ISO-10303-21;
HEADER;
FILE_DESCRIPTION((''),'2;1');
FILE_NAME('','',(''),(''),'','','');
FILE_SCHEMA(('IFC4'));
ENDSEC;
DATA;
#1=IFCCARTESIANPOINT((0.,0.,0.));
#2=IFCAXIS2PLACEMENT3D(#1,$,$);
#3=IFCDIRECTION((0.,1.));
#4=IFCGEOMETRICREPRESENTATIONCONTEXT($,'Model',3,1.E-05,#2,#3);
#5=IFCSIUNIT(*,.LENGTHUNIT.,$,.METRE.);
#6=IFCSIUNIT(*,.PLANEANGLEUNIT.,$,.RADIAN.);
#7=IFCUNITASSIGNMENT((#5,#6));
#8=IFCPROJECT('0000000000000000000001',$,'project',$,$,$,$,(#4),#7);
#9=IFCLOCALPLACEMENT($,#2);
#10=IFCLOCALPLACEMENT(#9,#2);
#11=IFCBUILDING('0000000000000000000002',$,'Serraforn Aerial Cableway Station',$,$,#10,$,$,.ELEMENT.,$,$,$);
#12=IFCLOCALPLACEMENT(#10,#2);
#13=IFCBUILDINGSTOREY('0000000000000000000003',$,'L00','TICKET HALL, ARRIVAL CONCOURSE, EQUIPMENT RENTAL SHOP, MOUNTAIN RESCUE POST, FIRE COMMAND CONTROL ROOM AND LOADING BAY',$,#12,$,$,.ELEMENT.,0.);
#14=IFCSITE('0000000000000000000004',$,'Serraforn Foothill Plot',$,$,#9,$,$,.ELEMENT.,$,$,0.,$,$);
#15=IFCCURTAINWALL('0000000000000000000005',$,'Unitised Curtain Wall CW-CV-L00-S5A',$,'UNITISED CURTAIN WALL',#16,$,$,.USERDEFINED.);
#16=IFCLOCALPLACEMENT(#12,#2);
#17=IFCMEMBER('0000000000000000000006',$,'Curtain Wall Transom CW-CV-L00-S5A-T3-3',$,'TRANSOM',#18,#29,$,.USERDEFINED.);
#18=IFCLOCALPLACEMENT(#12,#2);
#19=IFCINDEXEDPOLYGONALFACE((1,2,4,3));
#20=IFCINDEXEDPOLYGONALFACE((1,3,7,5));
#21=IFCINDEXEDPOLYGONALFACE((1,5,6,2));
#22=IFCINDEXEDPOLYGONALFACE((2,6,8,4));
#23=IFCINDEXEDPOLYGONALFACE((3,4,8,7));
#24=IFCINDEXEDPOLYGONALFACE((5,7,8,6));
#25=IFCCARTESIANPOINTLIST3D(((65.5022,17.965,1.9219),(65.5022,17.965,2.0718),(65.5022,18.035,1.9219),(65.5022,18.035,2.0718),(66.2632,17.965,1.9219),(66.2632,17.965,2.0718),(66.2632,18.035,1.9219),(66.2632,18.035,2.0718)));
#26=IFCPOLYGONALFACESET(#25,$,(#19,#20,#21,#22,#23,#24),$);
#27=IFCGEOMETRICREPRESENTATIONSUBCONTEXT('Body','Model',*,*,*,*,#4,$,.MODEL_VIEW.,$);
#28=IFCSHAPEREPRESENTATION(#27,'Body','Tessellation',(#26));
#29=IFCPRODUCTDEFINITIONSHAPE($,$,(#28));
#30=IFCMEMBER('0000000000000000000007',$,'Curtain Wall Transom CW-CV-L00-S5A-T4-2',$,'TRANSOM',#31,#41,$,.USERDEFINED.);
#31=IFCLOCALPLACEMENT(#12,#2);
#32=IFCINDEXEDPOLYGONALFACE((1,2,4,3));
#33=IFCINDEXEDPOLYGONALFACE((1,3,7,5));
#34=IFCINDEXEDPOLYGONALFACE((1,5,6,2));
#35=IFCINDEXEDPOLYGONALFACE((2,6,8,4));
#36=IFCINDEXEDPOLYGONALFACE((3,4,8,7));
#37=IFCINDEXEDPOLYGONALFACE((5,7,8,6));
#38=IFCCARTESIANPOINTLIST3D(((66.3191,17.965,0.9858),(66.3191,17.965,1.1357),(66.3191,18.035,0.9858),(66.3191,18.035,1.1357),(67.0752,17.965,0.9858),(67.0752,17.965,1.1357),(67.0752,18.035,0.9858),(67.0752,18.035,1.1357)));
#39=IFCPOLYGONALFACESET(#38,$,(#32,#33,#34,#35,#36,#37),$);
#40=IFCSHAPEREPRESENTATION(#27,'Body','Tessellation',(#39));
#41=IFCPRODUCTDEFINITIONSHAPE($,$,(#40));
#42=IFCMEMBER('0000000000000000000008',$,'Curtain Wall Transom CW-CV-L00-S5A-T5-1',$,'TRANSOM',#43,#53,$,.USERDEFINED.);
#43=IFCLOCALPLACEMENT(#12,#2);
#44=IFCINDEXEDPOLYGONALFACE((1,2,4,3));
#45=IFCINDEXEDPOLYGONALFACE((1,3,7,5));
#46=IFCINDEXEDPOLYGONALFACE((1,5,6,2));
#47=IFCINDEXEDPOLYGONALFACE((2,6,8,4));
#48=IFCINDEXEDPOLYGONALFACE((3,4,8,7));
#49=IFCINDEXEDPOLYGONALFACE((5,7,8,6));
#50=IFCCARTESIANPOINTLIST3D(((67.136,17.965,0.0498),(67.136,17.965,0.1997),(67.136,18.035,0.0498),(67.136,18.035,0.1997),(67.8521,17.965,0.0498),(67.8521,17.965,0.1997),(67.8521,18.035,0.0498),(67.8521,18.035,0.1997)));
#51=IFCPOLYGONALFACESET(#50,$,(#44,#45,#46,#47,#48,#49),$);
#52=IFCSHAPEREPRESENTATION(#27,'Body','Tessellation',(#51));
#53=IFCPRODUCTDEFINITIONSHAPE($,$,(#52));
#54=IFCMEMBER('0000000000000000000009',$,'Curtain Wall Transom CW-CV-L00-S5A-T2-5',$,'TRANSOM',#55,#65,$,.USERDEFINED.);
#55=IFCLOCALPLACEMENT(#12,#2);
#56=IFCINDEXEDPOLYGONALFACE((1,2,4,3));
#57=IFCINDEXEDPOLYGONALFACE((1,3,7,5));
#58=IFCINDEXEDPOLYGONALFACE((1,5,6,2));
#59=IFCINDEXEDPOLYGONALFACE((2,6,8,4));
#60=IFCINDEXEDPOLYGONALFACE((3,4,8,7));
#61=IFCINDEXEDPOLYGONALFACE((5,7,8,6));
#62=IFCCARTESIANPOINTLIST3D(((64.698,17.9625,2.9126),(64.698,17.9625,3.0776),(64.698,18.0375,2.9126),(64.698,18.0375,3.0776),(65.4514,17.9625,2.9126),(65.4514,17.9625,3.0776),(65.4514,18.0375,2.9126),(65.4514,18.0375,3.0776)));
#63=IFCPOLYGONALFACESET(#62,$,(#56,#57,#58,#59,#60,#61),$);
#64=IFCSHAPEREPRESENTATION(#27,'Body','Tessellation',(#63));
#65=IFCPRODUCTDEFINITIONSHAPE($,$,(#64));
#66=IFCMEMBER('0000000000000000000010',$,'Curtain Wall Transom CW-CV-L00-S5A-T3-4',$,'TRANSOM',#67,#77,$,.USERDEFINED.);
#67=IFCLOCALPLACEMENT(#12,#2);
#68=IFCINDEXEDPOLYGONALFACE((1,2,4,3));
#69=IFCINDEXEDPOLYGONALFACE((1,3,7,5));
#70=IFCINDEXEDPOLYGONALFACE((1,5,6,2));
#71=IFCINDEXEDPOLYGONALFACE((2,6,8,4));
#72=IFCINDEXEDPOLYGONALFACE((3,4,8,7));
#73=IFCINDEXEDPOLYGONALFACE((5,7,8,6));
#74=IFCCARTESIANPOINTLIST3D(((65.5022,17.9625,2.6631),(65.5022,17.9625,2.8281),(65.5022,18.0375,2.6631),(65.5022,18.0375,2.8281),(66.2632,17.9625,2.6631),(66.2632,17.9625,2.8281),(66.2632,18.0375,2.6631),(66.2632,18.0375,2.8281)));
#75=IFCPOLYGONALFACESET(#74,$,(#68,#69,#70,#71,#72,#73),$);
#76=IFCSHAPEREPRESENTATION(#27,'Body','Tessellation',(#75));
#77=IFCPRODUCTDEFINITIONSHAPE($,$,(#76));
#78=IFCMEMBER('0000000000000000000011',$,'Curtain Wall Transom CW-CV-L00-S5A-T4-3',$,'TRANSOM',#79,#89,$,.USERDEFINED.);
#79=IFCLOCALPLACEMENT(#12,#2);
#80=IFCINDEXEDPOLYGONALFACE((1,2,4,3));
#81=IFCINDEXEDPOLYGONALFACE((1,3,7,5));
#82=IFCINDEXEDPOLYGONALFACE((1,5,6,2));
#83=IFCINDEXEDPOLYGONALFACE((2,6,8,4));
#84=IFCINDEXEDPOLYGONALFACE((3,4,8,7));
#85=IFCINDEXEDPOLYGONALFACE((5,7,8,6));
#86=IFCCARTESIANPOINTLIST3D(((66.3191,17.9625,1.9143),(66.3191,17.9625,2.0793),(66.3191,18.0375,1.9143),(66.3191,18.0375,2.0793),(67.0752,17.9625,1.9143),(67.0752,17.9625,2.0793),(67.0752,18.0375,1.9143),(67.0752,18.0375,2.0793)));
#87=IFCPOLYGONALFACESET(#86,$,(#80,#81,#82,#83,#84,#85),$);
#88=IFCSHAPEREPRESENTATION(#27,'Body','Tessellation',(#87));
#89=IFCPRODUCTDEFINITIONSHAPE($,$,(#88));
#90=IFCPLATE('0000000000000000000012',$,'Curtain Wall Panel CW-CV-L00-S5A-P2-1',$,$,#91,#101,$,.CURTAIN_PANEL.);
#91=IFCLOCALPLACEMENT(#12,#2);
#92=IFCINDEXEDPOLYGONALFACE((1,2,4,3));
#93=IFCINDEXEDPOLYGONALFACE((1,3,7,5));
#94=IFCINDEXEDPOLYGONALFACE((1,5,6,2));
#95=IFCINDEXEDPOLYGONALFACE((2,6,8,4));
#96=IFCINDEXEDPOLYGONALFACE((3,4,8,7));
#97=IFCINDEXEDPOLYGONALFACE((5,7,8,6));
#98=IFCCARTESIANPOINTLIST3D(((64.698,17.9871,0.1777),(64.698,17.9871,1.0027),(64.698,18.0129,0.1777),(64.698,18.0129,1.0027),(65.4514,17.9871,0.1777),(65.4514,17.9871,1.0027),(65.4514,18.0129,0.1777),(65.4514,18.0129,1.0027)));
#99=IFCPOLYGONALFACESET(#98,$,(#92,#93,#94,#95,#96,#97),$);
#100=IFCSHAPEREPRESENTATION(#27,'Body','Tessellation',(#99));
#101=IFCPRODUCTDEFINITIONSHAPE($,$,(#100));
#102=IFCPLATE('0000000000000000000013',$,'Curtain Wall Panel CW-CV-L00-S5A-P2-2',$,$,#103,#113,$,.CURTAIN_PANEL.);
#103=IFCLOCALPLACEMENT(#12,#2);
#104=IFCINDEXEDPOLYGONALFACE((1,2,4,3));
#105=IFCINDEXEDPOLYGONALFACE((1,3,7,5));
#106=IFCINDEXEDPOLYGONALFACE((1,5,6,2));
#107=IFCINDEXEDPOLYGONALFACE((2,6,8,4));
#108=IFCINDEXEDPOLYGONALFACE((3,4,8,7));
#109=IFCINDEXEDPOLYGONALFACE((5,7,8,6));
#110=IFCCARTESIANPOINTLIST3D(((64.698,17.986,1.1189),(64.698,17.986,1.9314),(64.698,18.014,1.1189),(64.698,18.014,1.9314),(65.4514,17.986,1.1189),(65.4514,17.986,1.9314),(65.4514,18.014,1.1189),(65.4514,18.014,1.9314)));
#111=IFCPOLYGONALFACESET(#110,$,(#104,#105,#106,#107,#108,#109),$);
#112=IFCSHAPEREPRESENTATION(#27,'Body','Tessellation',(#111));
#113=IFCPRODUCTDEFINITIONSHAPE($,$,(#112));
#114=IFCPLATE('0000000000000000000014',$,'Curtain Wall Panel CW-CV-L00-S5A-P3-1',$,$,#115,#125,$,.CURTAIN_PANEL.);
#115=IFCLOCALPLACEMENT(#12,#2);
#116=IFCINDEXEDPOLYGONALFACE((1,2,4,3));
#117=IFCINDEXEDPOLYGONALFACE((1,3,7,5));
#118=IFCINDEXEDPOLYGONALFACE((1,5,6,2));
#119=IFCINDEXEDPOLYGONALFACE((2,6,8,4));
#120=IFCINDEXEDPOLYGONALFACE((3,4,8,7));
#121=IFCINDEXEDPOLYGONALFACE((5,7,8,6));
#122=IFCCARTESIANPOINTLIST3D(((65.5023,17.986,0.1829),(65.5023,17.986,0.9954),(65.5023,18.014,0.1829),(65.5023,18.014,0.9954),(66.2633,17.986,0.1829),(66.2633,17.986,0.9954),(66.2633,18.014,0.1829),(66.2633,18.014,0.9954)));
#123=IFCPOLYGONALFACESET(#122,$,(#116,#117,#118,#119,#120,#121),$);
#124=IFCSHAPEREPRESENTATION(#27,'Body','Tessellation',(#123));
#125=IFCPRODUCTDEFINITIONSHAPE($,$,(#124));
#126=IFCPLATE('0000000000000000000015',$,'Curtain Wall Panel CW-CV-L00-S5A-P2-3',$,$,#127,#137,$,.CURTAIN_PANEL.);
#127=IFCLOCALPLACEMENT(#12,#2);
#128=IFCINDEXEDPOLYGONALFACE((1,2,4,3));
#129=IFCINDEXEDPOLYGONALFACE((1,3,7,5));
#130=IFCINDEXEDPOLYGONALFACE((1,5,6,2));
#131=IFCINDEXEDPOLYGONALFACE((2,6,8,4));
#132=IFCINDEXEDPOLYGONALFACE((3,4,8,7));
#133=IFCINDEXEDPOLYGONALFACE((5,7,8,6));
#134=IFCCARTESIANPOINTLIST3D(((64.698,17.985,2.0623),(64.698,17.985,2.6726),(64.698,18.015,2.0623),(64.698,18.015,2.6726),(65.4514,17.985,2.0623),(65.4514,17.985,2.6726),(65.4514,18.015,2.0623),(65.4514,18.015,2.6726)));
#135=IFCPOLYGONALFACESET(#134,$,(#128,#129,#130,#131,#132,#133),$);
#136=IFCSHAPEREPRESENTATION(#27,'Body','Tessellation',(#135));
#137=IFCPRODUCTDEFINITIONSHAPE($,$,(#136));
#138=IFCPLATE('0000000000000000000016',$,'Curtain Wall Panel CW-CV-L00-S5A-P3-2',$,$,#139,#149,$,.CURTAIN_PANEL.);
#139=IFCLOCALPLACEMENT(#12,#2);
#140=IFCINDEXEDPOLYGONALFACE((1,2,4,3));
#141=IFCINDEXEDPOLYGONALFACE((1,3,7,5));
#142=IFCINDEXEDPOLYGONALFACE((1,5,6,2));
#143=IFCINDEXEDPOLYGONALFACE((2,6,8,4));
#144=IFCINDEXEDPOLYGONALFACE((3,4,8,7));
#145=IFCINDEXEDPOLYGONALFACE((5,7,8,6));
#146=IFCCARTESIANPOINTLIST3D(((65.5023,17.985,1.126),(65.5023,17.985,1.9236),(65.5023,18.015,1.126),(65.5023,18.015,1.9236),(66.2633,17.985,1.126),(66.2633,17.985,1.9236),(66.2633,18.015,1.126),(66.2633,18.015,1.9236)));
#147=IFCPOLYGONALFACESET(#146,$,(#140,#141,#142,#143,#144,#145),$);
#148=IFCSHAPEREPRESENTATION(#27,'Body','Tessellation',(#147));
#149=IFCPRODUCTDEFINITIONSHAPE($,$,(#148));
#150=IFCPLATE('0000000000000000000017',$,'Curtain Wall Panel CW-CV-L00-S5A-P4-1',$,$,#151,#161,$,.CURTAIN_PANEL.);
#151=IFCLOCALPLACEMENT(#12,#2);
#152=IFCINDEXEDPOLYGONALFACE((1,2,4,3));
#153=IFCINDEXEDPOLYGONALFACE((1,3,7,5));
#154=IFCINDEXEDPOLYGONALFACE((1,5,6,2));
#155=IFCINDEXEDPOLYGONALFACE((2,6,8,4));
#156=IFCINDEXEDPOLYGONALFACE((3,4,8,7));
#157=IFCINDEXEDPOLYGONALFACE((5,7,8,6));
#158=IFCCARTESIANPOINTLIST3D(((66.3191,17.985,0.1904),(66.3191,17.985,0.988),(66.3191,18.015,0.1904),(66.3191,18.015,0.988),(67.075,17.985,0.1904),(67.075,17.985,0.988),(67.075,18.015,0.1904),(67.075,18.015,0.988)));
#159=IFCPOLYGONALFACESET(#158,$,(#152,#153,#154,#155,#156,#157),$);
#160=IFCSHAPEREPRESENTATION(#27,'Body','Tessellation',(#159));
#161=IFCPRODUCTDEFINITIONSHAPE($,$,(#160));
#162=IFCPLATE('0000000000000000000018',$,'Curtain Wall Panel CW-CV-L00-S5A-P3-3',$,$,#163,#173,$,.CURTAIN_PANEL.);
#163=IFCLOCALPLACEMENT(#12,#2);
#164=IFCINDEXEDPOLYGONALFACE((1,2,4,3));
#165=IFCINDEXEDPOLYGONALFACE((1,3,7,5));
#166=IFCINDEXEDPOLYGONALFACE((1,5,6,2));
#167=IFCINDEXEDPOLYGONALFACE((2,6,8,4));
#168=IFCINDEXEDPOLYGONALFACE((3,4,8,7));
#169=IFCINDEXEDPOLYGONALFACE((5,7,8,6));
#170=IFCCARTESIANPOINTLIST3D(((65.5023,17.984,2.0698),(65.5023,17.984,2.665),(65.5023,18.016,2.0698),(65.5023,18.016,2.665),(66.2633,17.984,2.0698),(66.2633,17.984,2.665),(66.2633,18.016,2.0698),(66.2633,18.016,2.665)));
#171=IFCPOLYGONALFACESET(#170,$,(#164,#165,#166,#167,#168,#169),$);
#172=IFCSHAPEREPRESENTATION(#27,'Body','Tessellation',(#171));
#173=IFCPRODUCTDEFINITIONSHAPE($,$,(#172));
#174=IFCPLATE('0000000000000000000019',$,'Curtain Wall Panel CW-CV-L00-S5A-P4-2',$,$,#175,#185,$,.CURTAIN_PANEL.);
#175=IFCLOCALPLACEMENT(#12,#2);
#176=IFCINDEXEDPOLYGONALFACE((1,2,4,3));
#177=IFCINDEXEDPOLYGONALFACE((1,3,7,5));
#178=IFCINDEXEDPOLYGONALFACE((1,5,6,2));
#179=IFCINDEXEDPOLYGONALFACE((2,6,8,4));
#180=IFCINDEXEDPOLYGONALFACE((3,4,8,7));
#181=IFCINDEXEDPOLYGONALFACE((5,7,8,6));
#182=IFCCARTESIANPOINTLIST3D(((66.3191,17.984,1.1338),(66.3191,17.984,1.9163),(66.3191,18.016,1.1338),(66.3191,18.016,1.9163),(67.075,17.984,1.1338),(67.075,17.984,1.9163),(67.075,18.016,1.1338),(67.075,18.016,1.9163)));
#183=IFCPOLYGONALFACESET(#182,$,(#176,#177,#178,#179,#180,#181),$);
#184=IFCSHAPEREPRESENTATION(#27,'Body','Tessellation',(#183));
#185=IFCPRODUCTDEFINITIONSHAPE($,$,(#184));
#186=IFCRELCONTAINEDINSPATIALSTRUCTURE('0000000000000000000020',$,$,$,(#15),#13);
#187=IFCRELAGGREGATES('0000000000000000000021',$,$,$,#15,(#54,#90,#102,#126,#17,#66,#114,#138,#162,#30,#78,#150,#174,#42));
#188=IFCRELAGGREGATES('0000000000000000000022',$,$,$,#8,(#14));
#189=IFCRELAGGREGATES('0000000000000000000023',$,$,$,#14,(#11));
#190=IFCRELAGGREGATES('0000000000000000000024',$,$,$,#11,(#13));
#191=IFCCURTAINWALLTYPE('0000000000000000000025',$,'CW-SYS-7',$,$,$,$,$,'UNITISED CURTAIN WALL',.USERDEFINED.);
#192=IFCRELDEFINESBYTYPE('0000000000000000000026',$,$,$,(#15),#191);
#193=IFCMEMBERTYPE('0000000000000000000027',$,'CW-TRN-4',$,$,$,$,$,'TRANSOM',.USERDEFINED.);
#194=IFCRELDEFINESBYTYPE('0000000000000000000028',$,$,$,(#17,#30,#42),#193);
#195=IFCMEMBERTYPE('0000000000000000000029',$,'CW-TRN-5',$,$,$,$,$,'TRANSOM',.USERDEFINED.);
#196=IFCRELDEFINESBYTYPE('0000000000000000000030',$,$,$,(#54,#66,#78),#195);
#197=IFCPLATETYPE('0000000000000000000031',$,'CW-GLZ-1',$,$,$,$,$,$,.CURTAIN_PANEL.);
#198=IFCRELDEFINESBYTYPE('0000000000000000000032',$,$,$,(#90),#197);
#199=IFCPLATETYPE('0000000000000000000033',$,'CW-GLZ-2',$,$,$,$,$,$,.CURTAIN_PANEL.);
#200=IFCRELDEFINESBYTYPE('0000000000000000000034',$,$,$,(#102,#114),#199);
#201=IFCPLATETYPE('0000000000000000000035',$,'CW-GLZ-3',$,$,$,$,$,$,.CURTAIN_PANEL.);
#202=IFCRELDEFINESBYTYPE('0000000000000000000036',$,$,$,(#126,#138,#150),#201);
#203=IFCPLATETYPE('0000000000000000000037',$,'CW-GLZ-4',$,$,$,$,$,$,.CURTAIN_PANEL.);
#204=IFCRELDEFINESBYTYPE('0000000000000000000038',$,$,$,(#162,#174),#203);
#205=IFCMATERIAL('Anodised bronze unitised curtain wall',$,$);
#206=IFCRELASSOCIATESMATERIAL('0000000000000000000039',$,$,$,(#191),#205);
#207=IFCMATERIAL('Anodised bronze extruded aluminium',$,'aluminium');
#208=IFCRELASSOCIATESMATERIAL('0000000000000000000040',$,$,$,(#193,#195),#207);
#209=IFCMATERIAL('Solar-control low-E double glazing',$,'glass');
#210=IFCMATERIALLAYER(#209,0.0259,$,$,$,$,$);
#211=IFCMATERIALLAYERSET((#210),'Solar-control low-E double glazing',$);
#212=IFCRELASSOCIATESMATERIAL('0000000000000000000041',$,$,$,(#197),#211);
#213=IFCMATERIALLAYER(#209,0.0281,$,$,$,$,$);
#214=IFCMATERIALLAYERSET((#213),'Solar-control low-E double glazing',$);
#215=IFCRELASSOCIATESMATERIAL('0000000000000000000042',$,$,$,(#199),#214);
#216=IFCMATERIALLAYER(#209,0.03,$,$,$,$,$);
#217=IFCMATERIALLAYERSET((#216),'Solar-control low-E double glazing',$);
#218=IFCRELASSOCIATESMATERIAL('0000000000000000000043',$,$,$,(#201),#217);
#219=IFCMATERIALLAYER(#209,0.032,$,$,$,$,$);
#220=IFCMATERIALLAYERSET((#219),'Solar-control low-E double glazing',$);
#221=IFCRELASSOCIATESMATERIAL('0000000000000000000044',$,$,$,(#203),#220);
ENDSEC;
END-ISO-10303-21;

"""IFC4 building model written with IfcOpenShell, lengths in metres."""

from ifc_helpers import new_model, si_unit, direction, frame, origin, origin_2d, place, context, subcontext, project, spatial, rectangle, extrude, material, layer, layer_set, material_profile, profile_set, type_object, element, aggregate, save


model = new_model("IFC4")

# Units and contexts
model_context = context("Model", 3, precision=1e-05, world=origin(), true_north=direction((0.0, 1.0)))
body_context = subcontext(model_context, "Body", "Model", "MODEL_VIEW")
ifc_project = project(units=[si_unit("LENGTHUNIT", "METRE"), si_unit("PLANEANGLEUNIT", "RADIAN")], contexts=[model_context])

# Site, building, storey
site_placement = place(None, origin())
site = spatial("IfcSite", under=ifc_project, at=site_placement, Name="Serraforn Foothill Plot", CompositionType="ELEMENT", RefElevation=0.0)
building_placement = place(site_placement, origin())
building = spatial("IfcBuilding", under=site, at=building_placement, Name="Serraforn Aerial Cableway Station", CompositionType="ELEMENT")
storey_placement = place(building_placement, origin())
storey = spatial("IfcBuildingStorey", under=building, at=storey_placement, Name="L00", Description="TICKET HALL, ARRIVAL CONCOURSE, EQUIPMENT RENTAL SHOP, MOUNTAIN RESCUE POST, FIRE COMMAND CONTROL ROOM AND LOADING BAY", CompositionType="ELEMENT", Elevation=0.0)

# Curtain wall, members, plates
ifc_material_1 = material(Name="Anodised bronze unitised curtain wall")
curtain_wall_type = type_object("IfcCurtainWallType", Name="CW-SYS-7", ElementType="UNITISED CURTAIN WALL", PredefinedType="USERDEFINED", material=ifc_material_1)
curtain_wall_placement = place(storey_placement, origin())
curtain_wall = element("IfcCurtainWall", 1, at=curtain_wall_placement, inside=storey, type_object=curtain_wall_type, Name="Unitised Curtain Wall CW-CV-L00-S5A", ObjectType="UNITISED CURTAIN WALL", PredefinedType="USERDEFINED")
ifc_material_2 = material(Name="Anodised bronze extruded aluminium", Category="aluminium")
ifc_material_profile_1 = material_profile(ifc_material_2, rectangle(XDim=0.0701, YDim=0.1499, at=origin_2d()), Name="CW TRANSOM 70x150")
ifc_profile_set_1 = profile_set([ifc_material_profile_1], Name="Anodised bronze extruded aluminium")
member_type_1 = type_object("IfcMemberType", Name="CW-TRN-4", ElementType="TRANSOM", PredefinedType="USERDEFINED", material=ifc_profile_set_1)
member_1_placement = place(storey_placement, frame((65.5022, 18.0, 1.9968), z_axis=(1.0, 0.0, 0.0), x_axis=(0.0, 1.0, 0.0)))
member_1 = element("IfcMember", 2, at=member_1_placement, type_object=member_type_1, Name="Curtain Wall Transom CW-CV-L00-S5A-T3-3", ObjectType="TRANSOM", PredefinedType="USERDEFINED", context=body_context, shape_type="SweptSolid", body=[
    extrude(rectangle(XDim=0.0701, YDim=0.1499, at=origin_2d()), origin(), (0.0, 0.0, 1.0), 0.761),
])
member_2_placement = place(storey_placement, frame((66.3191, 18.0, 1.0608), z_axis=(1.0, 0.0, 0.0), x_axis=(0.0, 1.0, 0.0)))
member_2 = element("IfcMember", 3, at=member_2_placement, type_object=member_type_1, Name="Curtain Wall Transom CW-CV-L00-S5A-T4-2", ObjectType="TRANSOM", PredefinedType="USERDEFINED", context=body_context, shape_type="SweptSolid", body=[
    extrude(rectangle(XDim=0.0701, YDim=0.1499, at=origin_2d()), origin(), (0.0, 0.0, 1.0), 0.7561),
])
member_3_placement = place(storey_placement, frame((67.136, 18.0, 0.1248), z_axis=(1.0, 0.0, 0.0), x_axis=(0.0, 1.0, 0.0)))
member_3 = element("IfcMember", 4, at=member_3_placement, type_object=member_type_1, Name="Curtain Wall Transom CW-CV-L00-S5A-T5-1", ObjectType="TRANSOM", PredefinedType="USERDEFINED", context=body_context, shape_type="SweptSolid", body=[
    extrude(rectangle(XDim=0.0701, YDim=0.1499, at=origin_2d()), origin(), (0.0, 0.0, 1.0), 0.7161),
])
ifc_material_profile_2 = material_profile(ifc_material_2, rectangle(XDim=0.075, YDim=0.165, at=origin_2d()), Name="CW TRANSOM 75x165")
ifc_profile_set_2 = profile_set([ifc_material_profile_2], Name="Anodised bronze extruded aluminium")
member_type_2 = type_object("IfcMemberType", Name="CW-TRN-5", ElementType="TRANSOM", PredefinedType="USERDEFINED", material=ifc_profile_set_2)
member_4_placement = place(storey_placement, frame((64.698, 18.0, 2.9951), z_axis=(1.0, 0.0, 0.0), x_axis=(0.0, 1.0, 0.0)))
member_4 = element("IfcMember", 5, at=member_4_placement, type_object=member_type_2, Name="Curtain Wall Transom CW-CV-L00-S5A-T2-5", ObjectType="TRANSOM", PredefinedType="USERDEFINED", context=body_context, shape_type="SweptSolid", body=[
    extrude(rectangle(XDim=0.075, YDim=0.165, at=origin_2d()), origin(), (0.0, 0.0, 1.0), 0.7534),
])
member_5_placement = place(storey_placement, frame((65.5022, 18.0, 2.7456), z_axis=(1.0, 0.0, 0.0), x_axis=(0.0, 1.0, 0.0)))
member_5 = element("IfcMember", 6, at=member_5_placement, type_object=member_type_2, Name="Curtain Wall Transom CW-CV-L00-S5A-T3-4", ObjectType="TRANSOM", PredefinedType="USERDEFINED", context=body_context, shape_type="SweptSolid", body=[
    extrude(rectangle(XDim=0.075, YDim=0.165, at=origin_2d()), origin(), (0.0, 0.0, 1.0), 0.761),
])
member_6_placement = place(storey_placement, frame((66.3191, 18.0, 1.9968), z_axis=(1.0, 0.0, 0.0), x_axis=(0.0, 1.0, 0.0)))
member_6 = element("IfcMember", 7, at=member_6_placement, type_object=member_type_2, Name="Curtain Wall Transom CW-CV-L00-S5A-T4-3", ObjectType="TRANSOM", PredefinedType="USERDEFINED", context=body_context, shape_type="SweptSolid", body=[
    extrude(rectangle(XDim=0.075, YDim=0.165, at=origin_2d()), origin(), (0.0, 0.0, 1.0), 0.7561),
])
ifc_material_3 = material(Name="Solar-control low-E double glazing", Category="glass")
ifc_layer_1 = layer(ifc_material_3, 0.0259)
ifc_layer_set_1 = layer_set([ifc_layer_1], Name="Solar-control low-E double glazing")
plate_type_1 = type_object("IfcPlateType", Name="CW-GLZ-1", PredefinedType="CURTAIN_PANEL", material=ifc_layer_set_1)
plate_1_placement = place(storey_placement, frame((65.0747, 18.0, 0.1777), z_axis=(0.0, 0.0, 1.0), x_axis=(1.0, 0.0, 0.0)))
plate_1 = element("IfcPlate", 8, at=plate_1_placement, type_object=plate_type_1, Name="Curtain Wall Panel CW-CV-L00-S5A-P2-1", PredefinedType="CURTAIN_PANEL", context=body_context, shape_type="SweptSolid", body=[
    extrude(rectangle(XDim=0.7534, YDim=0.0259, at=origin_2d()), origin(), (0.0, 0.0, 1.0), 0.825),
])
ifc_layer_2 = layer(ifc_material_3, 0.0281)
ifc_layer_set_2 = layer_set([ifc_layer_2], Name="Solar-control low-E double glazing")
plate_type_2 = type_object("IfcPlateType", Name="CW-GLZ-2", PredefinedType="CURTAIN_PANEL", material=ifc_layer_set_2)
plate_2_placement = place(storey_placement, frame((65.0747, 18.0, 1.1189), z_axis=(0.0, 0.0, 1.0), x_axis=(1.0, 0.0, 0.0)))
plate_2 = element("IfcPlate", 9, at=plate_2_placement, type_object=plate_type_2, Name="Curtain Wall Panel CW-CV-L00-S5A-P2-2", PredefinedType="CURTAIN_PANEL", context=body_context, shape_type="SweptSolid", body=[
    extrude(rectangle(XDim=0.7534, YDim=0.0281, at=origin_2d()), origin(), (0.0, 0.0, 1.0), 0.8125),
])
plate_3_placement = place(storey_placement, frame((65.8828, 18.0, 0.1829), z_axis=(0.0, 0.0, 1.0), x_axis=(1.0, 0.0, 0.0)))
plate_3 = element("IfcPlate", 10, at=plate_3_placement, type_object=plate_type_2, Name="Curtain Wall Panel CW-CV-L00-S5A-P3-1", PredefinedType="CURTAIN_PANEL", context=body_context, shape_type="SweptSolid", body=[
    extrude(rectangle(XDim=0.761, YDim=0.0281, at=origin_2d()), origin(), (0.0, 0.0, 1.0), 0.8125),
])
ifc_layer_3 = layer(ifc_material_3, 0.03)
ifc_layer_set_3 = layer_set([ifc_layer_3], Name="Solar-control low-E double glazing")
plate_type_3 = type_object("IfcPlateType", Name="CW-GLZ-3", PredefinedType="CURTAIN_PANEL", material=ifc_layer_set_3)
plate_4_placement = place(storey_placement, frame((65.0747, 18.0, 2.0623), z_axis=(0.0, 0.0, 1.0), x_axis=(1.0, 0.0, 0.0)))
plate_4 = element("IfcPlate", 11, at=plate_4_placement, type_object=plate_type_3, Name="Curtain Wall Panel CW-CV-L00-S5A-P2-3", PredefinedType="CURTAIN_PANEL", context=body_context, shape_type="SweptSolid", body=[
    extrude(rectangle(XDim=0.7534, YDim=0.03, at=origin_2d()), origin(), (0.0, 0.0, 1.0), 0.6104),
])
plate_5_placement = place(storey_placement, frame((65.8828, 18.0, 1.126), z_axis=(0.0, 0.0, 1.0), x_axis=(1.0, 0.0, 0.0)))
plate_5 = element("IfcPlate", 12, at=plate_5_placement, type_object=plate_type_3, Name="Curtain Wall Panel CW-CV-L00-S5A-P3-2", PredefinedType="CURTAIN_PANEL", context=body_context, shape_type="SweptSolid", body=[
    extrude(rectangle(XDim=0.761, YDim=0.03, at=origin_2d()), origin(), (0.0, 0.0, 1.0), 0.7976),
])
plate_6_placement = place(storey_placement, frame((66.697, 18.0, 0.1904), z_axis=(0.0, 0.0, 1.0), x_axis=(1.0, 0.0, 0.0)))
plate_6 = element("IfcPlate", 13, at=plate_6_placement, type_object=plate_type_3, Name="Curtain Wall Panel CW-CV-L00-S5A-P4-1", PredefinedType="CURTAIN_PANEL", context=body_context, shape_type="SweptSolid", body=[
    extrude(rectangle(XDim=0.7559, YDim=0.03, at=origin_2d()), origin(), (0.0, 0.0, 1.0), 0.7976),
])
ifc_layer_4 = layer(ifc_material_3, 0.032)
ifc_layer_set_4 = layer_set([ifc_layer_4], Name="Solar-control low-E double glazing")
plate_type_4 = type_object("IfcPlateType", Name="CW-GLZ-4", PredefinedType="CURTAIN_PANEL", material=ifc_layer_set_4)
plate_7_placement = place(storey_placement, frame((65.8828, 18.0, 2.0698), z_axis=(0.0, 0.0, 1.0), x_axis=(1.0, 0.0, 0.0)))
plate_7 = element("IfcPlate", 14, at=plate_7_placement, type_object=plate_type_4, Name="Curtain Wall Panel CW-CV-L00-S5A-P3-3", PredefinedType="CURTAIN_PANEL", context=body_context, shape_type="SweptSolid", body=[
    extrude(rectangle(XDim=0.761, YDim=0.032, at=origin_2d()), origin(), (0.0, 0.0, 1.0), 0.5952),
])
plate_8_placement = place(storey_placement, frame((66.697, 18.0, 1.1338), z_axis=(0.0, 0.0, 1.0), x_axis=(1.0, 0.0, 0.0)))
plate_8 = element("IfcPlate", 15, at=plate_8_placement, type_object=plate_type_4, Name="Curtain Wall Panel CW-CV-L00-S5A-P4-2", PredefinedType="CURTAIN_PANEL", context=body_context, shape_type="SweptSolid", body=[
    extrude(rectangle(XDim=0.7559, YDim=0.032, at=origin_2d()), origin(), (0.0, 0.0, 1.0), 0.7825),
])
aggregate(curtain_wall, [member_4, plate_1, plate_2, plate_4, member_1, member_5, plate_3, plate_5, plate_7, member_2, member_6, plate_6, plate_8, member_3])

save(model, "model.ifc")
